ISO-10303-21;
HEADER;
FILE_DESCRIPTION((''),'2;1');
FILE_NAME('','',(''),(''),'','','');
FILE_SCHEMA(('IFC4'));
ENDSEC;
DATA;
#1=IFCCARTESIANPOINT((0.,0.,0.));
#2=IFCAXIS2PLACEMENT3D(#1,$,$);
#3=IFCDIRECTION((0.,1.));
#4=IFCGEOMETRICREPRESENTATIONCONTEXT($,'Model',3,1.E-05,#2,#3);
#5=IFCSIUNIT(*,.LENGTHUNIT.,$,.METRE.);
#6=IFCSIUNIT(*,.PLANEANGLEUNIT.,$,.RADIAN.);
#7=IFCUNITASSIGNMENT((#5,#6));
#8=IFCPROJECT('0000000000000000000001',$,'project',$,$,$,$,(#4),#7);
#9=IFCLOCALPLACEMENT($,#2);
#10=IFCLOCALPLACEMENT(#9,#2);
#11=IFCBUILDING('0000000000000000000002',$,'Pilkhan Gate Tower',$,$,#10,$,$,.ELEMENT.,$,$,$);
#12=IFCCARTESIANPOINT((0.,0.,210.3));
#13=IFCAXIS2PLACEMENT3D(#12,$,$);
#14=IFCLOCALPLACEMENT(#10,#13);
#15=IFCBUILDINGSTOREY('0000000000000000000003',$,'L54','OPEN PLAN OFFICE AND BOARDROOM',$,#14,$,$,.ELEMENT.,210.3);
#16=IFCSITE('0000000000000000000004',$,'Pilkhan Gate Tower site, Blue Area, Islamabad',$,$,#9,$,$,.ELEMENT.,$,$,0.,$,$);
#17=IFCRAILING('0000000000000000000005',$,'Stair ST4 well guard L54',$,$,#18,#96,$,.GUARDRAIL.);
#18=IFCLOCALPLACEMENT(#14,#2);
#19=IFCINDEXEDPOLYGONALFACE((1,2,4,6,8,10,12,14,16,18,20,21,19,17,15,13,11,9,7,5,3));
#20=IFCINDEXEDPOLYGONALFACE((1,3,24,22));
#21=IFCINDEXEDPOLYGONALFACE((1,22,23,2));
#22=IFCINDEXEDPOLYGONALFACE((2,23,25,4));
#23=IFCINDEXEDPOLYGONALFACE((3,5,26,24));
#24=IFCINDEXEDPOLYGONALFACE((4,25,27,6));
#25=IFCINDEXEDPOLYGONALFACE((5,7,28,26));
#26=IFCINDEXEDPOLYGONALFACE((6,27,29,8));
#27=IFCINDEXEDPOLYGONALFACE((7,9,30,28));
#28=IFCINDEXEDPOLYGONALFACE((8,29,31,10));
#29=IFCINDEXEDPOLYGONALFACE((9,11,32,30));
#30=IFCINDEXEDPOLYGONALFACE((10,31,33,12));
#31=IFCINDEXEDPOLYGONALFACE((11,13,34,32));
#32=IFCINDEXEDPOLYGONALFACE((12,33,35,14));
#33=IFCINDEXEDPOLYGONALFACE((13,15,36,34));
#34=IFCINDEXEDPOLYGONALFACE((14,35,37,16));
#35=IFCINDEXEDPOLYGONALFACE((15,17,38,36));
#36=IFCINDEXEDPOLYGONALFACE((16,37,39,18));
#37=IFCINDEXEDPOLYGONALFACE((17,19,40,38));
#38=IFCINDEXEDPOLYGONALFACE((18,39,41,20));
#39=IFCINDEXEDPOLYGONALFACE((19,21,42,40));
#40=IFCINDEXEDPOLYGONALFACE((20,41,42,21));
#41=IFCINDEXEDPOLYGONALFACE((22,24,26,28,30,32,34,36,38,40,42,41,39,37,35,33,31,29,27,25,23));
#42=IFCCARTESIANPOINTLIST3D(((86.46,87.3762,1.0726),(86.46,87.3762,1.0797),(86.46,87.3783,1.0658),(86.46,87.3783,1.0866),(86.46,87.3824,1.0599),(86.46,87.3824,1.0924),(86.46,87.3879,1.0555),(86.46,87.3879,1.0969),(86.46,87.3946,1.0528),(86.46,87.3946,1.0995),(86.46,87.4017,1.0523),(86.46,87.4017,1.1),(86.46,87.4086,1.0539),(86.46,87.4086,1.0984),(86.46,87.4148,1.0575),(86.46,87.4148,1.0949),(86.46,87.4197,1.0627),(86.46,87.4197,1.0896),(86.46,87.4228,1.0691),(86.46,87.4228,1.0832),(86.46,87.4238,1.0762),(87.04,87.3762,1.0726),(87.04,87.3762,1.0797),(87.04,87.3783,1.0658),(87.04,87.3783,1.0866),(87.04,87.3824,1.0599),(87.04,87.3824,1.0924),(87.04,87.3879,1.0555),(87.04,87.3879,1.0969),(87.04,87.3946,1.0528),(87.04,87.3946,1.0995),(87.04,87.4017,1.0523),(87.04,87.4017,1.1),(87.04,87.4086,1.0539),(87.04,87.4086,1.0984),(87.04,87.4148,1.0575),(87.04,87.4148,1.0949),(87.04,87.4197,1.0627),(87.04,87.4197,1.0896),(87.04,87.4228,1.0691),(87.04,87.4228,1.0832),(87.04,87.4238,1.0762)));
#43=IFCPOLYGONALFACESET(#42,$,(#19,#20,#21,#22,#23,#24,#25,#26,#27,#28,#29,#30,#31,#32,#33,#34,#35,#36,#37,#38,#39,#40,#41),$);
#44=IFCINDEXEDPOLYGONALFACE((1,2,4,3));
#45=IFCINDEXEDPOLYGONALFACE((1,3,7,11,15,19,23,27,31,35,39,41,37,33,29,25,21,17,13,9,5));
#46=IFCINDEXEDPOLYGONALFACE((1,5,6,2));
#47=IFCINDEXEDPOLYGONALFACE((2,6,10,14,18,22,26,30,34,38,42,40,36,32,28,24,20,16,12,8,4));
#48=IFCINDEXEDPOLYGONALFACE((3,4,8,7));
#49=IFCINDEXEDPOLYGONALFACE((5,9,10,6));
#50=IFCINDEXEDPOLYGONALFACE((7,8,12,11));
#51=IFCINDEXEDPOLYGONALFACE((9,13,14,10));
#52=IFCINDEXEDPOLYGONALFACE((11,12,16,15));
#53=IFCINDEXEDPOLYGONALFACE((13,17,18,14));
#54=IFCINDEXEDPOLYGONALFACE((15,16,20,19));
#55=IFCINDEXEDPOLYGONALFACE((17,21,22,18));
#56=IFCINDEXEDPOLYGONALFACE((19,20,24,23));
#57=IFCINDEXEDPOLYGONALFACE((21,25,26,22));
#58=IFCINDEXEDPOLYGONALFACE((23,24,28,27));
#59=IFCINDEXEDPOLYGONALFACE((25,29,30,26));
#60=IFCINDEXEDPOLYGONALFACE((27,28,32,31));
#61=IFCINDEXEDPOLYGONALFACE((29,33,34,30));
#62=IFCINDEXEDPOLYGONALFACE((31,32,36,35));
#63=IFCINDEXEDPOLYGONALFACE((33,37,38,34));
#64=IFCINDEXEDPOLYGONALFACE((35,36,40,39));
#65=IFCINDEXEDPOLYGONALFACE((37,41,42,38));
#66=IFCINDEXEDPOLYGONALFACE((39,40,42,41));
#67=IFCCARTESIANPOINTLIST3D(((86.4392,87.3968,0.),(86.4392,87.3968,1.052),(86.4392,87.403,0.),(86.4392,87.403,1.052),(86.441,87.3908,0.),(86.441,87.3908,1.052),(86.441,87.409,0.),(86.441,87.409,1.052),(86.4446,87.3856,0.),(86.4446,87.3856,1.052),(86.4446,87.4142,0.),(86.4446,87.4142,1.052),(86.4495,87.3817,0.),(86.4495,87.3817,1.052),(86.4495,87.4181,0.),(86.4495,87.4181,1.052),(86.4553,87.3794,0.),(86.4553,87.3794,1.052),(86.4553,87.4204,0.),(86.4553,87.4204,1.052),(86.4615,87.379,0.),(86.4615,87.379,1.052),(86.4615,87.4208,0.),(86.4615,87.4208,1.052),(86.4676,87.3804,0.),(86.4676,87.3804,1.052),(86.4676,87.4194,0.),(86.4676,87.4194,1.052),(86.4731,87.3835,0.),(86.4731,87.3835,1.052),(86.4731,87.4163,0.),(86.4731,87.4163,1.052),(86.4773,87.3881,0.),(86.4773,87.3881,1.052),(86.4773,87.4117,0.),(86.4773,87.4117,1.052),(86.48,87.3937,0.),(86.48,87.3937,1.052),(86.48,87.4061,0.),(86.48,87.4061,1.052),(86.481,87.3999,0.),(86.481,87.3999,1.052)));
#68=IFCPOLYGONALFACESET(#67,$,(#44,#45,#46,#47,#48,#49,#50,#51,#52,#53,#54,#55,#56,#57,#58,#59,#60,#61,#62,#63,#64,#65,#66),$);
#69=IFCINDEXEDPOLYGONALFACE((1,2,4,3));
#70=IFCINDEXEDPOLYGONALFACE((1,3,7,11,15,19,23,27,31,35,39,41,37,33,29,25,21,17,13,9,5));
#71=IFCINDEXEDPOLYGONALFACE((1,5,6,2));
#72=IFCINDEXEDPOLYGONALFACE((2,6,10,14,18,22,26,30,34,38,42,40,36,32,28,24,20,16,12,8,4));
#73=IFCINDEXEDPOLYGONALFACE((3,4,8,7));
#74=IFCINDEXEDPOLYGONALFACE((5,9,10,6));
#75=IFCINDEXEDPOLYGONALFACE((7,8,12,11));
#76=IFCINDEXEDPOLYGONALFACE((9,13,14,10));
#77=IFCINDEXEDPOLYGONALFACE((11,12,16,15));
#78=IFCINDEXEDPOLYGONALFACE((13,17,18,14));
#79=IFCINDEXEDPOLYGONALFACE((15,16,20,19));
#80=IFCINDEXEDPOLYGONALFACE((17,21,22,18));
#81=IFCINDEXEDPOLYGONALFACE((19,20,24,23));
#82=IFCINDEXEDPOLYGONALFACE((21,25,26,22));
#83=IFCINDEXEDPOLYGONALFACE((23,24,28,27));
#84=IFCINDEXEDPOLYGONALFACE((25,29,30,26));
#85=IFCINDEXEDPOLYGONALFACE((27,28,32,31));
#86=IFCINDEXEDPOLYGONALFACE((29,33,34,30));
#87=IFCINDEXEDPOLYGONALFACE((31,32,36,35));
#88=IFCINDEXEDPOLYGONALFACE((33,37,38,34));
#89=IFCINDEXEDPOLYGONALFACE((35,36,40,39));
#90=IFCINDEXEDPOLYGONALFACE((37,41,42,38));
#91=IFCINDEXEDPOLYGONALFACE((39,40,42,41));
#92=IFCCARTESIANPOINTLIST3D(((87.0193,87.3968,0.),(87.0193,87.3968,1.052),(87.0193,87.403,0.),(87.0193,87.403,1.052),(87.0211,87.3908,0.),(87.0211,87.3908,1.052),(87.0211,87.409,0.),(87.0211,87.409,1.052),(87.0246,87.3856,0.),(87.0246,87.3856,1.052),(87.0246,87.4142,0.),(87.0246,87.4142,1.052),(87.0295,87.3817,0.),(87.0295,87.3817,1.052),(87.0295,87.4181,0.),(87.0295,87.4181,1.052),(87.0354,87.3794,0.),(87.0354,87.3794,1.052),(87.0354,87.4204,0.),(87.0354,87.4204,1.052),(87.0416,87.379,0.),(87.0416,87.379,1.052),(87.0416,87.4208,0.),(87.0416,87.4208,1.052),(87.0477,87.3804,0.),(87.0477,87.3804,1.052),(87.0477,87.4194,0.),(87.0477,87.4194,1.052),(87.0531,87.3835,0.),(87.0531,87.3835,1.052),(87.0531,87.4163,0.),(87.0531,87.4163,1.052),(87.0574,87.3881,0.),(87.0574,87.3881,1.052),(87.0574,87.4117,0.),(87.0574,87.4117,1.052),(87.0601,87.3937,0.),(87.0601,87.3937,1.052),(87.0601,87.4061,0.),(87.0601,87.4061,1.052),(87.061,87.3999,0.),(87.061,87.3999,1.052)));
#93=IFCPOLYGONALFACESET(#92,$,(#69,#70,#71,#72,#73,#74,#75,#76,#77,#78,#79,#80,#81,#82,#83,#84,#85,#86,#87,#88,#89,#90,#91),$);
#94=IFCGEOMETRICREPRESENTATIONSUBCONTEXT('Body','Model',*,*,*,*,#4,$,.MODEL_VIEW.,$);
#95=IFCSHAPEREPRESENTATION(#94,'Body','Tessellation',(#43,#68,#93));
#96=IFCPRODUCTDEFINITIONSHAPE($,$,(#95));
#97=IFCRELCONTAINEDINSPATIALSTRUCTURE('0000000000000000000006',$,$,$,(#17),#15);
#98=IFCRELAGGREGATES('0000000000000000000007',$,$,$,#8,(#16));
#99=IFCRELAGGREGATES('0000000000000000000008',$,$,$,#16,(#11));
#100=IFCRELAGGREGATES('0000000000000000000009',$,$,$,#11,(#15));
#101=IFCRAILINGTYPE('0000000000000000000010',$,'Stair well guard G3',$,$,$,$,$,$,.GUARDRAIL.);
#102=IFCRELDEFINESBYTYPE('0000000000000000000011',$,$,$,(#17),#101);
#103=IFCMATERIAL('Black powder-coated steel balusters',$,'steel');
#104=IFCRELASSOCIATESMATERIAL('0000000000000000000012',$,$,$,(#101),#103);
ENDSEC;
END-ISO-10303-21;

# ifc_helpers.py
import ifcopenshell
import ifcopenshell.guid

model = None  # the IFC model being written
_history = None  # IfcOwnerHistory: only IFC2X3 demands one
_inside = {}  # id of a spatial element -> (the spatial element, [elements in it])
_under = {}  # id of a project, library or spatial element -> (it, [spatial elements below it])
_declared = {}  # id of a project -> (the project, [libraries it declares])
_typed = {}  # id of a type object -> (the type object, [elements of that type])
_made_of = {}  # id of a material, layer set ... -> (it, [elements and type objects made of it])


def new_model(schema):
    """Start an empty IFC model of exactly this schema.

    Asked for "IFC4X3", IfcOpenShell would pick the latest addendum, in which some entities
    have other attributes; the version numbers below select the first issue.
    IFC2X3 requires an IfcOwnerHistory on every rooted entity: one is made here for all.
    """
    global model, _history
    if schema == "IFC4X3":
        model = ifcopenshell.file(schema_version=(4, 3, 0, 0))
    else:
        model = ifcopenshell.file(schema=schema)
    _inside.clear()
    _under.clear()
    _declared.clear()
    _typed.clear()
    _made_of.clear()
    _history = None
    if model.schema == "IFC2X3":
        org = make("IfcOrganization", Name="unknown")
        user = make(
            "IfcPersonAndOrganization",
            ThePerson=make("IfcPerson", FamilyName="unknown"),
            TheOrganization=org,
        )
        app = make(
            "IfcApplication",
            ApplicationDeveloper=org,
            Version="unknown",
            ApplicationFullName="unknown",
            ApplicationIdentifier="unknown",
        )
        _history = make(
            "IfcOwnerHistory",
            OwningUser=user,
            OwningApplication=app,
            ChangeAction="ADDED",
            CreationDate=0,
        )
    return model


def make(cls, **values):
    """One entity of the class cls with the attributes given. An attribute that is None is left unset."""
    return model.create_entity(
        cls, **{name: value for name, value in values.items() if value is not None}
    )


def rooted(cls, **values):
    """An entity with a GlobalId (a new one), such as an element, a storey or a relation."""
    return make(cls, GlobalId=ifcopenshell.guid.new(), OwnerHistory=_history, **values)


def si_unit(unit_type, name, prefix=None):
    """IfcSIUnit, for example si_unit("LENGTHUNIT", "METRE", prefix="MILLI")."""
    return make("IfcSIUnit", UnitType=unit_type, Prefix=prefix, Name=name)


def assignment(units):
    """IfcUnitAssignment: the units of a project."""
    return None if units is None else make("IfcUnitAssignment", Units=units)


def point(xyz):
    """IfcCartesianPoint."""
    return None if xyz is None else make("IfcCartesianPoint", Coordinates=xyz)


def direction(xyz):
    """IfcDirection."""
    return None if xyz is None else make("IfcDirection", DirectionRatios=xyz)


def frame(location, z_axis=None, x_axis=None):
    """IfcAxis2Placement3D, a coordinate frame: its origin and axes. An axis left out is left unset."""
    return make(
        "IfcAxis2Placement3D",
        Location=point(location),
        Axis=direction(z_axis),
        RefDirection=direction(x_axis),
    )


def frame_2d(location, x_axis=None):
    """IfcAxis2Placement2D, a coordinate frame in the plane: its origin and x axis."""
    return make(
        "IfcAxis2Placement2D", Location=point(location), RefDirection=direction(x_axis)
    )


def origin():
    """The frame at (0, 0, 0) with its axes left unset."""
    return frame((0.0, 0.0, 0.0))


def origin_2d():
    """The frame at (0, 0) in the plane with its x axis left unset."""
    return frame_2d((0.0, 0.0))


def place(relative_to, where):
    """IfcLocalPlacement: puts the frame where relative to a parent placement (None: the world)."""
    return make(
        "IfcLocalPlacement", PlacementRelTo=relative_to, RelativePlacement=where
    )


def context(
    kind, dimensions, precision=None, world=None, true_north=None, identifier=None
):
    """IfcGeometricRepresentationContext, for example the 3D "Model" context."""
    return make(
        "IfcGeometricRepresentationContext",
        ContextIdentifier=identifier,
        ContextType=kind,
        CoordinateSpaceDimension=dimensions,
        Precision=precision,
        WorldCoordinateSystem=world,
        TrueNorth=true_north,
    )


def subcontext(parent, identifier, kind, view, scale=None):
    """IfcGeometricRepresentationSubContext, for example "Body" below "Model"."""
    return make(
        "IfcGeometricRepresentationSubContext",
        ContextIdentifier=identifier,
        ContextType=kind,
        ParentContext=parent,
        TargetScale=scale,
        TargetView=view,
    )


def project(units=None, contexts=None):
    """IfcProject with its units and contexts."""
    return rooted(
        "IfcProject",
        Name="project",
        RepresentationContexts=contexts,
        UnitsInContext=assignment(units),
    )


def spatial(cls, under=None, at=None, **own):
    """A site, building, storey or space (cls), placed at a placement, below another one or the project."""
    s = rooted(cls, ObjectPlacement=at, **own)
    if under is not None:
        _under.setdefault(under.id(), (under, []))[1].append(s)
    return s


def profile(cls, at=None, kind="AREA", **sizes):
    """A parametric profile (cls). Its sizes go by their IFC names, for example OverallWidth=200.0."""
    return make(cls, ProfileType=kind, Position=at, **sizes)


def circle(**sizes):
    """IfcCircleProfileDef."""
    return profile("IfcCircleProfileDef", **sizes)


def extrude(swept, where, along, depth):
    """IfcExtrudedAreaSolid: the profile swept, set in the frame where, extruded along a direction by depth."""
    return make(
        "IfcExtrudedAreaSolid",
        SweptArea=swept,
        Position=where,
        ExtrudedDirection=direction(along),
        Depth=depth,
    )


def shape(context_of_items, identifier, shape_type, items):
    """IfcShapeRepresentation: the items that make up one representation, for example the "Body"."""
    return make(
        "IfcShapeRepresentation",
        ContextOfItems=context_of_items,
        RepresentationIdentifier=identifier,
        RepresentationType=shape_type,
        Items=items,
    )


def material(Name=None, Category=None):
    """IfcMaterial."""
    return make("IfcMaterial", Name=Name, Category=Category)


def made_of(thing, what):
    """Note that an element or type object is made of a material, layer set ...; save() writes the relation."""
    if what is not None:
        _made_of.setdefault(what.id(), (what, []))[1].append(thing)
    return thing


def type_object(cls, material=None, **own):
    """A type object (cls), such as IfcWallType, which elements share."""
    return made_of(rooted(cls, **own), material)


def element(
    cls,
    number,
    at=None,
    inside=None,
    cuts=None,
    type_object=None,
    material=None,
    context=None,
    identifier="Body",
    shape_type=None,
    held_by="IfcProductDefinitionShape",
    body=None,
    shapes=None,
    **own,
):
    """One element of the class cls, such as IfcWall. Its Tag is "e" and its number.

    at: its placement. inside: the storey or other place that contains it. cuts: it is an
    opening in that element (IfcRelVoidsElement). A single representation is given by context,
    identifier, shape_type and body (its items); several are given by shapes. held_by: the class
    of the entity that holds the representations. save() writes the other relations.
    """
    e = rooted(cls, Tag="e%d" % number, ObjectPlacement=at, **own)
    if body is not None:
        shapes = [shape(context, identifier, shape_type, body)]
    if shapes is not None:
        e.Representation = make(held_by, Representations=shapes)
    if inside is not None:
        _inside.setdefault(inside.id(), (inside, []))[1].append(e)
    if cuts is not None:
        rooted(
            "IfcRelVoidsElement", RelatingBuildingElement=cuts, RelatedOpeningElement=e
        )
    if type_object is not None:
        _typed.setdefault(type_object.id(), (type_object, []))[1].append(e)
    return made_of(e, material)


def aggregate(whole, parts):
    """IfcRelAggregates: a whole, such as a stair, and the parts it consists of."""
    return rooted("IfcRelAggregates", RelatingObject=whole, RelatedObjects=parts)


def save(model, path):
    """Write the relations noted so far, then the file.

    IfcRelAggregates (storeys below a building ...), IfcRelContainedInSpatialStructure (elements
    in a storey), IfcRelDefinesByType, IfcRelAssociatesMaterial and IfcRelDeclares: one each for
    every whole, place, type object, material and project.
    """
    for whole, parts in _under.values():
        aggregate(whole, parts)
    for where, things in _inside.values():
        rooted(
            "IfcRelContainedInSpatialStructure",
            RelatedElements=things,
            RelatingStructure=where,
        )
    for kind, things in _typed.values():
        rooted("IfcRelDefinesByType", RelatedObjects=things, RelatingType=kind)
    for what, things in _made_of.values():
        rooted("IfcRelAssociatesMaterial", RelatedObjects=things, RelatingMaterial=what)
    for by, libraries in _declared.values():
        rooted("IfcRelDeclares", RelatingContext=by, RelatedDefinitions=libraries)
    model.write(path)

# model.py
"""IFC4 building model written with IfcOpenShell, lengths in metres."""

from ifc_helpers import new_model, si_unit, direction, frame, origin, origin_2d, place, context, subcontext, project, spatial, circle, extrude, material, type_object, element, save


model = new_model("IFC4")

# Units and contexts
model_context = context("Model", 3, precision=1e-05, world=origin(), true_north=direction((0.0, 1.0)))
body_context = subcontext(model_context, "Body", "Model", "MODEL_VIEW")
ifc_project = project(units=[si_unit("LENGTHUNIT", "METRE"), si_unit("PLANEANGLEUNIT", "RADIAN")], contexts=[model_context])

# Site, building, storey
site_placement = place(None, origin())
site = spatial("IfcSite", under=ifc_project, at=site_placement, Name="Pilkhan Gate Tower site, Blue Area, Islamabad", CompositionType="ELEMENT", RefElevation=0.0)
building_placement = place(site_placement, origin())
building = spatial("IfcBuilding", under=site, at=building_placement, Name="Pilkhan Gate Tower", CompositionType="ELEMENT")
storey_placement = place(building_placement, frame((0.0, 0.0, 210.3)))
storey = spatial("IfcBuildingStorey", under=building, at=storey_placement, Name="L54", Description="OPEN PLAN OFFICE AND BOARDROOM", CompositionType="ELEMENT", Elevation=210.3)

# Railing
ifc_material_1 = material(Name="Black powder-coated steel balusters", Category="steel")
railing_type_1 = type_object("IfcRailingType", Name="Stair well guard G3", PredefinedType="GUARDRAIL", material=ifc_material_1)
railing_1_placement = place(storey_placement, frame((86.46, 87.3999, 0.0)))
element("IfcRailing", 1, at=railing_1_placement, inside=storey, type_object=railing_type_1, Name="Stair ST4 well guard L54", PredefinedType="GUARDRAIL", context=body_context, shape_type="SweptSolid", body=[
    extrude(circle(Radius=0.0239, at=origin_2d()), frame((0.0, 0.0, 1.0762), z_axis=(1.0, 0.0, 0.0), x_axis=(0.0, 1.0, 0.0)), (0.0, 0.0, 1.0), 0.5801),
    extrude(circle(Radius=0.021, at=origin_2d()), origin(), (0.0, 0.0, 1.0), 1.052),
    extrude(circle(Radius=0.021, at=origin_2d()), frame((0.5801, 0.0, 0.0)), (0.0, 0.0, 1.0), 1.052),
])

save(model, "model.ifc")
